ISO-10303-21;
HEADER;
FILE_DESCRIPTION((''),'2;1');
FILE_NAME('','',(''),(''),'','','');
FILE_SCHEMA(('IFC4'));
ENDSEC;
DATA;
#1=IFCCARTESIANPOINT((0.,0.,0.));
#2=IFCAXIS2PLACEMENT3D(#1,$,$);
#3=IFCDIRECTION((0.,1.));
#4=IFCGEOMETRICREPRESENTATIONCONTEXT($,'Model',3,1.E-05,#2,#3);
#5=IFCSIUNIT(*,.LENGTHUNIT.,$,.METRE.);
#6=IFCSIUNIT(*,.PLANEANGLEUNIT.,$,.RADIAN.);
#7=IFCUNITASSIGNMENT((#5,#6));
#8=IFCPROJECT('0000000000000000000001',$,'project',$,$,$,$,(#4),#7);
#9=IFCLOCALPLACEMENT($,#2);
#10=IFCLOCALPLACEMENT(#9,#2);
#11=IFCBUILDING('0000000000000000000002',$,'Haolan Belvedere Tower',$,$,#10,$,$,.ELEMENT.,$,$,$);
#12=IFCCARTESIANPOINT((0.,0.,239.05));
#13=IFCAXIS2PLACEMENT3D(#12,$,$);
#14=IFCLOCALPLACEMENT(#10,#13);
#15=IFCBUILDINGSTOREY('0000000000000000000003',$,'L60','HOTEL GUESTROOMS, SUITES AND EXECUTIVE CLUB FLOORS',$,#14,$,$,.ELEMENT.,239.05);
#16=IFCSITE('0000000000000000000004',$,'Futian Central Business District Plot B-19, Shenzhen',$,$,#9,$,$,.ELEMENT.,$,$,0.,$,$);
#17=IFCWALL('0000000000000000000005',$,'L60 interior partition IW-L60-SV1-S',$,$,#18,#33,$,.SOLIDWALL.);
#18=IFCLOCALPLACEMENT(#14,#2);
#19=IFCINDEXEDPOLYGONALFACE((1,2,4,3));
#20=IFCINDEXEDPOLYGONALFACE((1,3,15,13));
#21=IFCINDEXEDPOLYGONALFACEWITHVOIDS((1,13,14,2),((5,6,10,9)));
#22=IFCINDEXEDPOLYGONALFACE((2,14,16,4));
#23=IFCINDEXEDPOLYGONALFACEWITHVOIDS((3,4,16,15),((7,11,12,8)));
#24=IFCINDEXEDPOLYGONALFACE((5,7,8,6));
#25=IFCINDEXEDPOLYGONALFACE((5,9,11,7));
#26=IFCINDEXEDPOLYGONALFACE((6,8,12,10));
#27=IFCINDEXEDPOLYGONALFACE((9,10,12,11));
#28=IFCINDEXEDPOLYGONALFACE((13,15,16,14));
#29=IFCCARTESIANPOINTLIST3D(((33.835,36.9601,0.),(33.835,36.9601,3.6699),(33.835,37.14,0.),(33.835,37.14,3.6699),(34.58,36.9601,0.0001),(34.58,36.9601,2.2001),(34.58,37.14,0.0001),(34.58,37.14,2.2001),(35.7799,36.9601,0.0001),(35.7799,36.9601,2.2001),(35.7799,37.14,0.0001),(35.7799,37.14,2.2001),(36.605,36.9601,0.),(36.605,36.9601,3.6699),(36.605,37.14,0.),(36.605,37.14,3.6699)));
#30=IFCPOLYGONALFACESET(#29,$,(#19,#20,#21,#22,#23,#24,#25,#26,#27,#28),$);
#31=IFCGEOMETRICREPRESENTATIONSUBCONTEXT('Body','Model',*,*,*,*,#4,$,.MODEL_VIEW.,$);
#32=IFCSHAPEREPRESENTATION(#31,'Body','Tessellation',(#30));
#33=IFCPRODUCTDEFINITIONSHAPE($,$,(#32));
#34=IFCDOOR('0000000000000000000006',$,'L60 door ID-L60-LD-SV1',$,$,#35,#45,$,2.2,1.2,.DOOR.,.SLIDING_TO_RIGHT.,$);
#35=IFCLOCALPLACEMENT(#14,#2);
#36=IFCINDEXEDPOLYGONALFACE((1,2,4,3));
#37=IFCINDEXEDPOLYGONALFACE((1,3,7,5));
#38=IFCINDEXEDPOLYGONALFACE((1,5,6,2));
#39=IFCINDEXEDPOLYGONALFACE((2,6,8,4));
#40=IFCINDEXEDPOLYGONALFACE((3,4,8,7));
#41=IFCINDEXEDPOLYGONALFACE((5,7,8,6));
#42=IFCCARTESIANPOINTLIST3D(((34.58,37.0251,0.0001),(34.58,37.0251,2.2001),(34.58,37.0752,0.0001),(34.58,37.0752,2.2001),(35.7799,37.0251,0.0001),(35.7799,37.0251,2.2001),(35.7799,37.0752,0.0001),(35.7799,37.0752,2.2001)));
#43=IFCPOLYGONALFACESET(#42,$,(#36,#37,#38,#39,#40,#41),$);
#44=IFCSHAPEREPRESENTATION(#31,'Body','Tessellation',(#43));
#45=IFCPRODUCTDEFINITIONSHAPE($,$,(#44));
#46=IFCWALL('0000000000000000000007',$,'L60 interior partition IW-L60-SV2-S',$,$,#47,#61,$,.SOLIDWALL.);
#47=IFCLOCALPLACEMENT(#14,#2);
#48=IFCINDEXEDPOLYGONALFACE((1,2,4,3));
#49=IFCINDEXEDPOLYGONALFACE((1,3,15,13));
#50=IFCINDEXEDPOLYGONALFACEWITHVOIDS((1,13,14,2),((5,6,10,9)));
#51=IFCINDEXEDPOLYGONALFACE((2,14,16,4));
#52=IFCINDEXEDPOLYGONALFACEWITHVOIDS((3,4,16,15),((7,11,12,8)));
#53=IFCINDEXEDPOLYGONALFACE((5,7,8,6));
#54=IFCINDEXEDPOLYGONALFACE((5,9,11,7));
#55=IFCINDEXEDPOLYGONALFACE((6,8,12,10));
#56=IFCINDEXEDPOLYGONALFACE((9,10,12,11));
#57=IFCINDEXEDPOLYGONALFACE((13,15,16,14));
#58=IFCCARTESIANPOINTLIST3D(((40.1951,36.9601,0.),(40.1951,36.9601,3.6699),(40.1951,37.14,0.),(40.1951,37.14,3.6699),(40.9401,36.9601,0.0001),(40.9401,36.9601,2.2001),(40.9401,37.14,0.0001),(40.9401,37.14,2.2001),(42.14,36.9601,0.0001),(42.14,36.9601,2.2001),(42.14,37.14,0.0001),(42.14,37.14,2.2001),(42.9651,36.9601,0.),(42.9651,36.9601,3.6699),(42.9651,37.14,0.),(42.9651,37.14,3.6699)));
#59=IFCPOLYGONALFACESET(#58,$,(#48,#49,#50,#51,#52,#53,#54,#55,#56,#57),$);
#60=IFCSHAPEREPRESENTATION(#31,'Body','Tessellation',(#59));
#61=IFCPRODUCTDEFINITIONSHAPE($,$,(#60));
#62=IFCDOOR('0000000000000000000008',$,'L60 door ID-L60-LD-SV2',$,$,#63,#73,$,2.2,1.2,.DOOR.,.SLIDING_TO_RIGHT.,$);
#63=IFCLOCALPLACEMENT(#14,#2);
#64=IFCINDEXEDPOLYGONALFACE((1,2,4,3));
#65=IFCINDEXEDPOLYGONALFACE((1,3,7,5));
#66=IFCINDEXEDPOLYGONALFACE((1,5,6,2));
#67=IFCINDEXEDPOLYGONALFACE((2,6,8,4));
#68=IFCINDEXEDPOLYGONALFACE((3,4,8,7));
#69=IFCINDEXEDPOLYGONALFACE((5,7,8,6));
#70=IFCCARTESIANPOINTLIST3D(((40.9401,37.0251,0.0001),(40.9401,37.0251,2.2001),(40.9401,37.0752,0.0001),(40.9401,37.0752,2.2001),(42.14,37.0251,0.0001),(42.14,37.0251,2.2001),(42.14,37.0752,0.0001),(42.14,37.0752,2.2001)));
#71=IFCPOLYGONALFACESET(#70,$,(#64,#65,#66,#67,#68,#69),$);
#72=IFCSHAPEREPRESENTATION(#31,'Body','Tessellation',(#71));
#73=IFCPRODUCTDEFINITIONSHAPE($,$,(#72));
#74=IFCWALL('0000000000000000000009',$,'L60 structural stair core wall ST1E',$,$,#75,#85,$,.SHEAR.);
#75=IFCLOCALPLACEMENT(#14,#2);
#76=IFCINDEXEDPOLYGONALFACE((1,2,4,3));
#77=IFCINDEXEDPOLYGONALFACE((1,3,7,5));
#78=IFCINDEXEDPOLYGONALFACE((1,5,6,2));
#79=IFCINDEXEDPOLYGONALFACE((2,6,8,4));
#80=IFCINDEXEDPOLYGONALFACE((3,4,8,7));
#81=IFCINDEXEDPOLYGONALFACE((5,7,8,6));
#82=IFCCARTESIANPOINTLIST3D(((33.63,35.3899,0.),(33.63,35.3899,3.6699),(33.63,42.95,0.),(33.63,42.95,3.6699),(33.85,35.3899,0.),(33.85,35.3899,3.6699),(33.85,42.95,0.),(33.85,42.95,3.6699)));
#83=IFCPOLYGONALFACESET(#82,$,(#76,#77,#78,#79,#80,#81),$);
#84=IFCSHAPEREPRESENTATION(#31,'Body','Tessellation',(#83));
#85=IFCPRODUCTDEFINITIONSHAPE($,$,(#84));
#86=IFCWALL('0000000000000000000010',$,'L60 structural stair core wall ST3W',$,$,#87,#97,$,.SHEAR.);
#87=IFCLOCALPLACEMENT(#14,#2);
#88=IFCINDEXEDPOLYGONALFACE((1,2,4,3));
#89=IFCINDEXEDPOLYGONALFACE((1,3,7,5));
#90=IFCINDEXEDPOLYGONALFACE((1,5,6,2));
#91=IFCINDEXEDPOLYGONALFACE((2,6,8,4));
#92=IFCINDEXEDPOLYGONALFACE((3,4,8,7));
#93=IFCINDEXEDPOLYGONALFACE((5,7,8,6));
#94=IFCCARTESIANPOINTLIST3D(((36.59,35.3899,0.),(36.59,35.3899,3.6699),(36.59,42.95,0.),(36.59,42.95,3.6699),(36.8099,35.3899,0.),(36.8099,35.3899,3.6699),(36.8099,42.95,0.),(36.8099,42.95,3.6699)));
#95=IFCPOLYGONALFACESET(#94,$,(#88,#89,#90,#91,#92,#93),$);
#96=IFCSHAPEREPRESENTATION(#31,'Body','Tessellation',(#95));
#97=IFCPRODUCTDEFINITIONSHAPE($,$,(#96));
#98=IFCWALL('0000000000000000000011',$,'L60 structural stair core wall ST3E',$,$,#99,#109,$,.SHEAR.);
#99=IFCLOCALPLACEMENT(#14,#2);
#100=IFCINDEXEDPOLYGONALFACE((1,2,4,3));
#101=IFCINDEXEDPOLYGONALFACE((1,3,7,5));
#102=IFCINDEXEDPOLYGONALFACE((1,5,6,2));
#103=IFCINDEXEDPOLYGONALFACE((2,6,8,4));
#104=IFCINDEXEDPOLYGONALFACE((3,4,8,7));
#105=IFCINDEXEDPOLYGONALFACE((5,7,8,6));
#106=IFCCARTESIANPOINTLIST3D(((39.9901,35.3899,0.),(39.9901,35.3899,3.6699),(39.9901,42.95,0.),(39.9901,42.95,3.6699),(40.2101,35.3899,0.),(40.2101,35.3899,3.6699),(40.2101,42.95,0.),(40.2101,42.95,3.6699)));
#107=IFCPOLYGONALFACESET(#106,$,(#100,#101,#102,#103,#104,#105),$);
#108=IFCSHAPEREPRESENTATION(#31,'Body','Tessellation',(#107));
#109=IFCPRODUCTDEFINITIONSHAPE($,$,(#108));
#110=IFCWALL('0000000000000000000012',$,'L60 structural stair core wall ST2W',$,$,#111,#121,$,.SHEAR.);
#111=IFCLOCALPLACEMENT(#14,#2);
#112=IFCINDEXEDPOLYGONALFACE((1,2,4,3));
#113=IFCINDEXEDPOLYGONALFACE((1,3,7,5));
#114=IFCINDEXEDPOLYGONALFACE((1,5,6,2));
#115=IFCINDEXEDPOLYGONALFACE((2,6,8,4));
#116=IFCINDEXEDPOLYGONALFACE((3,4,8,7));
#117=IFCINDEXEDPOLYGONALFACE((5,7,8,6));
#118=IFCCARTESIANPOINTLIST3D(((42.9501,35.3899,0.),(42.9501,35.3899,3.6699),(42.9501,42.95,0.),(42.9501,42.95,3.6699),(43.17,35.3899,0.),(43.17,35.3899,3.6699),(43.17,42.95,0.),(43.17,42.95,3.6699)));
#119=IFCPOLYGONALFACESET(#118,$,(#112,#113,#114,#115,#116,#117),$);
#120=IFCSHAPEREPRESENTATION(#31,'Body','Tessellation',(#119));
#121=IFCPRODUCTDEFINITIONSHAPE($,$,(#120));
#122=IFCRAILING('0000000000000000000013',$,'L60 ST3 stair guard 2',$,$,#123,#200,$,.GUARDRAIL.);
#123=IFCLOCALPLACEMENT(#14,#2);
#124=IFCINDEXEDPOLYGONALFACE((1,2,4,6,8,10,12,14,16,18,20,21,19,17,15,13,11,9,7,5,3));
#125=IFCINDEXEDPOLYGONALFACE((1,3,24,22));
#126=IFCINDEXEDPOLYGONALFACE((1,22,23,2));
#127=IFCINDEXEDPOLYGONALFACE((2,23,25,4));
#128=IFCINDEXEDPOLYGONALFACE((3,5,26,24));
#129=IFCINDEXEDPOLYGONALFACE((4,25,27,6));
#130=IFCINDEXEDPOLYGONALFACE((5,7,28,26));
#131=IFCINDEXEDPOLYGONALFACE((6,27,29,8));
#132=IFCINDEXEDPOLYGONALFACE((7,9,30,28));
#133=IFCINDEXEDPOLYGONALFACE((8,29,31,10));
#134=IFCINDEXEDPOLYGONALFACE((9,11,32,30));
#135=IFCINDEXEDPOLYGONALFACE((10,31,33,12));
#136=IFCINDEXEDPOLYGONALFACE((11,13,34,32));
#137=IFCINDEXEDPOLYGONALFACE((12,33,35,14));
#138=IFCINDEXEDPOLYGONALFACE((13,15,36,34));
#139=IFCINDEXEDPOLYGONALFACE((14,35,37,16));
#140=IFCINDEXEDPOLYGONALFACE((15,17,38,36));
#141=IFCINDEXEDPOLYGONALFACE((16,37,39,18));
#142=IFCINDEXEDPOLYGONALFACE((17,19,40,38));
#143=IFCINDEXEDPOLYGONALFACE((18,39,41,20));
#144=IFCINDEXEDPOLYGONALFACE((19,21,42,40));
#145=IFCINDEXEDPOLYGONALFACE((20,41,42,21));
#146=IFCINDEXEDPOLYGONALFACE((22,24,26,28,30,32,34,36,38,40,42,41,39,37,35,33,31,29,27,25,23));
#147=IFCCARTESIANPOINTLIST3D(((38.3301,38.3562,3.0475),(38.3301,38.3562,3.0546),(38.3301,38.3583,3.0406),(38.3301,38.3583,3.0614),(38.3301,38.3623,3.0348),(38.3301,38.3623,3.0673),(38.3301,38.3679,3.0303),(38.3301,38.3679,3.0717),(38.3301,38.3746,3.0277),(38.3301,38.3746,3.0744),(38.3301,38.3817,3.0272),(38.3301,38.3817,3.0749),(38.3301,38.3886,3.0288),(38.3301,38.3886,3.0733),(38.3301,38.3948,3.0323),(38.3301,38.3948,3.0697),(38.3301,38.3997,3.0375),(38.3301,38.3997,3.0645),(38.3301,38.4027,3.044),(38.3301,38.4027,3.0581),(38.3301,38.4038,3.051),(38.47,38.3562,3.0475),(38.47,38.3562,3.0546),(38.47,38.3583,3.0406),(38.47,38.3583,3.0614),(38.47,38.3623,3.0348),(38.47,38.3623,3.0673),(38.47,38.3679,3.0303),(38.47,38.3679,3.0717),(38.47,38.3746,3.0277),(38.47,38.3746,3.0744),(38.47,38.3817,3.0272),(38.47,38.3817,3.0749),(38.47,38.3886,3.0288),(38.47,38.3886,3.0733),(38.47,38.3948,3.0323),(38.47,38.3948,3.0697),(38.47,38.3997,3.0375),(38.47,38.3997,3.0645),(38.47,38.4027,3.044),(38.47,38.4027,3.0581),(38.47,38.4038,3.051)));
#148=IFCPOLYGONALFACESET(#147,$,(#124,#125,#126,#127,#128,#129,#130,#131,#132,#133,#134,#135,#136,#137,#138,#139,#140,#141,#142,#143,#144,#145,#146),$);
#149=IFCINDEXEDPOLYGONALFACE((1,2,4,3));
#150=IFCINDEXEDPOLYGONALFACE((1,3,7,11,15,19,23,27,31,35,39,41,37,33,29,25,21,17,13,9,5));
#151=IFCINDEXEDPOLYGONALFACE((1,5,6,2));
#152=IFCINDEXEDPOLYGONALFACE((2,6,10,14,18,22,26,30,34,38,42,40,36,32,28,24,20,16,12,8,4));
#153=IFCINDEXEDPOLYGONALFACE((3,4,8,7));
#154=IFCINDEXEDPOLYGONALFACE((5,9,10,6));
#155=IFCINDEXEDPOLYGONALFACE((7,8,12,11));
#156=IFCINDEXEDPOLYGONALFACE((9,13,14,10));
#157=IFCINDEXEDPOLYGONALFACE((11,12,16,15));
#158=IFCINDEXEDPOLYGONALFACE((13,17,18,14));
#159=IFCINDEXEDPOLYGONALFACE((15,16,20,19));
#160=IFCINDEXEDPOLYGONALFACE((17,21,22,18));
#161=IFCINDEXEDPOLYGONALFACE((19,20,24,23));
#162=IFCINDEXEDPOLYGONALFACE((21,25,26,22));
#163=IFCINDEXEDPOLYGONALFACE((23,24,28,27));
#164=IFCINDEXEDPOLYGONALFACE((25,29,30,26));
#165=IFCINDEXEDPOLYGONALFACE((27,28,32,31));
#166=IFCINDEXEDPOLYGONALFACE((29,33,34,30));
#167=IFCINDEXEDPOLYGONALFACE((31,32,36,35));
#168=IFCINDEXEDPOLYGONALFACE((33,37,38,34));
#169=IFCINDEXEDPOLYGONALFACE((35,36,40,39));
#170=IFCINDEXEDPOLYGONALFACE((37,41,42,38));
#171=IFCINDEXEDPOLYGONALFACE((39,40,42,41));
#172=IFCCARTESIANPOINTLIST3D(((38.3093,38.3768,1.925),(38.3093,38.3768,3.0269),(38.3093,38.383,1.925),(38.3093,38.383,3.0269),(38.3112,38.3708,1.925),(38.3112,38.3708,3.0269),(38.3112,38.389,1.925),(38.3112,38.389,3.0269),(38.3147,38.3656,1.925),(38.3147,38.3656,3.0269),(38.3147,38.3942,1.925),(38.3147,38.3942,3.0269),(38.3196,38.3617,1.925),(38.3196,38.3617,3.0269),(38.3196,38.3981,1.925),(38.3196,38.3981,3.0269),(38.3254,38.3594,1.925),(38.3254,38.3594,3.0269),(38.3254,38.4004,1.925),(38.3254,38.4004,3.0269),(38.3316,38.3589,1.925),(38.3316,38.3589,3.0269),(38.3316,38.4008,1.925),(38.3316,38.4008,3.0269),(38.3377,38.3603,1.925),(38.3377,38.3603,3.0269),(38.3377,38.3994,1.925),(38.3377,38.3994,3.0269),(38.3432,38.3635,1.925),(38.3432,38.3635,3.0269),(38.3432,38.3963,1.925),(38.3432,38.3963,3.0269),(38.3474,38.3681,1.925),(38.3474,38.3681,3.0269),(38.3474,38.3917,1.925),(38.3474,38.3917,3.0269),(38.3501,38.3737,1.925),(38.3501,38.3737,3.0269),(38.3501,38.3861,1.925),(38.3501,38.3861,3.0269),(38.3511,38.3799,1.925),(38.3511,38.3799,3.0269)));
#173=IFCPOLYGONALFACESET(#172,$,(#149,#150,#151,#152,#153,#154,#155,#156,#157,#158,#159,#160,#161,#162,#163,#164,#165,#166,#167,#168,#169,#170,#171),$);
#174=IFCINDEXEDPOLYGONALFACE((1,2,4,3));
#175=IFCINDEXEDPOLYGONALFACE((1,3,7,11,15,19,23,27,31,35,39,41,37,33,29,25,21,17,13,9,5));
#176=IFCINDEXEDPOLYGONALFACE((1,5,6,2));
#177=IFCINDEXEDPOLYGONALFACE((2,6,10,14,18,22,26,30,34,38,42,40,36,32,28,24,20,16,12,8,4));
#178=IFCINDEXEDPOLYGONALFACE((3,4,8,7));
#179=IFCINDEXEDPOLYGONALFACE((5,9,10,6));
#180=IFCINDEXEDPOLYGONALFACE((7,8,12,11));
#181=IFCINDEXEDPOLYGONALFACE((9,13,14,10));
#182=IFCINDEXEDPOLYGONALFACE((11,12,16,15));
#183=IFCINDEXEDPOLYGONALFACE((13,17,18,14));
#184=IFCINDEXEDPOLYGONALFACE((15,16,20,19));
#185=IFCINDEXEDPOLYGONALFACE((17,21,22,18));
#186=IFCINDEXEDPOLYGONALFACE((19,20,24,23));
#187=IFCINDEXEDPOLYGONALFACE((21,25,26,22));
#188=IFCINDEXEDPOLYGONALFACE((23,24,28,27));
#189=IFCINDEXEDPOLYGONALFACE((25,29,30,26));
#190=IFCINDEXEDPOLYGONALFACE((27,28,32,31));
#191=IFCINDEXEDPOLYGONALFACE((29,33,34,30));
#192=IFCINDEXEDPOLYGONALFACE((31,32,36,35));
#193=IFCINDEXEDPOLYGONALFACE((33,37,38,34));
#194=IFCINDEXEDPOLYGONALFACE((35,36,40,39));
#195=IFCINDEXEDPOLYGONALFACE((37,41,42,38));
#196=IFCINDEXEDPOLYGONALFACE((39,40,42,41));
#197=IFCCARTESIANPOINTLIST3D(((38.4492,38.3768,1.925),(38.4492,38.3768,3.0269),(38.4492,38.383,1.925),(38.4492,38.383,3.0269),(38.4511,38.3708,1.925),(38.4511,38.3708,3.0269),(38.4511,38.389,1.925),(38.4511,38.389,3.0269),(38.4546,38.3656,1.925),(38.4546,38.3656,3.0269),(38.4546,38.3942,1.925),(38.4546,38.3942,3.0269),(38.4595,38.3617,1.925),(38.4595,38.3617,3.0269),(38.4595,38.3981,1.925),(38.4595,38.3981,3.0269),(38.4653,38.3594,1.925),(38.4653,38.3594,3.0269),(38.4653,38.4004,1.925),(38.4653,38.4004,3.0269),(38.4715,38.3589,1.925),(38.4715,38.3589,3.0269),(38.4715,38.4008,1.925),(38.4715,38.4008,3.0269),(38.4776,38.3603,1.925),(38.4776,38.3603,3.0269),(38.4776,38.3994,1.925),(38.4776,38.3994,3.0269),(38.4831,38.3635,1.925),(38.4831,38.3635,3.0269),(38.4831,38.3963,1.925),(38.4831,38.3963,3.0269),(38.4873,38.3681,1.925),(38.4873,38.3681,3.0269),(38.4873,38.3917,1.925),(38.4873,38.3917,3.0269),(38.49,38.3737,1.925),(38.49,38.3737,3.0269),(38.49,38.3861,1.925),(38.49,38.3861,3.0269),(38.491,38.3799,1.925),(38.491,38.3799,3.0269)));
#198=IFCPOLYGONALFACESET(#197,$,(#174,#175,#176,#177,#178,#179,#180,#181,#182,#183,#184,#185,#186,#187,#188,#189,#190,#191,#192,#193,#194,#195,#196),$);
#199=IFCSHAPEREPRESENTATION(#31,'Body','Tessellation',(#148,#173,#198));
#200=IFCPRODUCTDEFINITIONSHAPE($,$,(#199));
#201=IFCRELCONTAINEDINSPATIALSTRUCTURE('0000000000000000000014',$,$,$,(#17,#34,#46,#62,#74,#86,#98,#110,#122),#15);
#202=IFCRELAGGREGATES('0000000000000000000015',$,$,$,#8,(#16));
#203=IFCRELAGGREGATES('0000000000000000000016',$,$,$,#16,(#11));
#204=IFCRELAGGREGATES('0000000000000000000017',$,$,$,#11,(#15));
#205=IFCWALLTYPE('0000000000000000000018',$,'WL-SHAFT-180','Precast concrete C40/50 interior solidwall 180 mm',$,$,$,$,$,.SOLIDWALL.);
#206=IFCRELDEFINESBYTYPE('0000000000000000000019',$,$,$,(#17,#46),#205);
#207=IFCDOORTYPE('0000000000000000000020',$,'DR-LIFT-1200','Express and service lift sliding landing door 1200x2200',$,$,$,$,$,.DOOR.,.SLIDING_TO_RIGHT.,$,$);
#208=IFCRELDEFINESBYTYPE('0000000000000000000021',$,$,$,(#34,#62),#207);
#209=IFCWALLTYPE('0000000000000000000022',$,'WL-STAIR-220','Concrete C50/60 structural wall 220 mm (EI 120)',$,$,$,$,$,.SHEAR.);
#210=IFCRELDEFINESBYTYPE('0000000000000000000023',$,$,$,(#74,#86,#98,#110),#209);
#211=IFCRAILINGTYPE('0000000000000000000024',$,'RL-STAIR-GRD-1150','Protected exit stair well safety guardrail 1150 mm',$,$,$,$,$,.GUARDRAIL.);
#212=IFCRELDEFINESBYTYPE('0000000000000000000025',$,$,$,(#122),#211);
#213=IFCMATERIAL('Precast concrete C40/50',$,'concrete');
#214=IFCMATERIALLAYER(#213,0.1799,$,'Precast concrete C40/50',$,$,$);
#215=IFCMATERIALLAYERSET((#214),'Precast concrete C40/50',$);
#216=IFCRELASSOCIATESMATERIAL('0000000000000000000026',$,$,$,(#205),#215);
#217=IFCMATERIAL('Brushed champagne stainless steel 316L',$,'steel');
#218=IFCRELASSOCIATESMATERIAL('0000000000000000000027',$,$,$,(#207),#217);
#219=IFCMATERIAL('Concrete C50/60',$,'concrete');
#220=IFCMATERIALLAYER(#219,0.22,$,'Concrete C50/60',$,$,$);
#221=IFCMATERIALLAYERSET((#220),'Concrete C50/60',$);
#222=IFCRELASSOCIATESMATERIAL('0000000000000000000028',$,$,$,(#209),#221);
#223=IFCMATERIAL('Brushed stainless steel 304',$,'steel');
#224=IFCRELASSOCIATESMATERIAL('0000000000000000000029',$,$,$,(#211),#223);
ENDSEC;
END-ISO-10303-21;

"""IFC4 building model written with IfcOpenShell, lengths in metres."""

from ifc_helpers import new_model, si_unit, direction, frame, frame_2d, origin, origin_2d, place, context, subcontext, project, spatial, rectangle, circle, extrude, material, layer, layer_set, type_object, element, fill, save


model = new_model("IFC4")

# Units and contexts
model_context = context("Model", 3, precision=1e-05, world=origin(), true_north=direction((0.0, 1.0)))
body_context = subcontext(model_context, "Body", "Model", "MODEL_VIEW")
ifc_project = project(units=[si_unit("LENGTHUNIT", "METRE"), si_unit("PLANEANGLEUNIT", "RADIAN")], contexts=[model_context])

# Site, building, storey
site_placement = place(None, origin())
site = spatial("IfcSite", under=ifc_project, at=site_placement, Name="Futian Central Business District Plot B-19, Shenzhen", CompositionType="ELEMENT", RefElevation=0.0)
building_placement = place(site_placement, origin())
building = spatial("IfcBuilding", under=site, at=building_placement, Name="Haolan Belvedere Tower", CompositionType="ELEMENT")
storey_placement = place(building_placement, frame((0.0, 0.0, 239.05)))
storey = spatial("IfcBuildingStorey", under=building, at=storey_placement, Name="L60", Description="HOTEL GUESTROOMS, SUITES AND EXECUTIVE CLUB FLOORS", CompositionType="ELEMENT", Elevation=239.05)

# Shared definitions
ifc_material_1 = material(Name="Brushed champagne stainless steel 316L", Category="steel")

# Walls, openings, doors
ifc_material_2 = material(Name="Precast concrete C40/50", Category="concrete")
ifc_layer_1 = layer(ifc_material_2, 0.1799, Name="Precast concrete C40/50")
ifc_layer_set_1 = layer_set([ifc_layer_1], Name="Precast concrete C40/50")
wall_type_1 = type_object("IfcWallType", Name="WL-SHAFT-180", Description="Precast concrete C40/50 interior solidwall 180 mm", PredefinedType="SOLIDWALL", material=ifc_layer_set_1)
wall_1_placement = place(storey_placement, frame((33.835, 37.05, 0.0), z_axis=(0.0, 0.0, 1.0), x_axis=(1.0, 0.0, 0.0)))
wall_1 = element("IfcWall", 1, at=wall_1_placement, inside=storey, type_object=wall_type_1, Name="L60 interior partition IW-L60-SV1-S", PredefinedType="SOLIDWALL", context=body_context, shape_type="SweptSolid", body=[
    extrude(rectangle(XDim=2.77, YDim=0.1799, at=frame_2d((1.385, 0.0))), origin(), (0.0, 0.0, 1.0), 3.6699),
])
opening_1_placement = place(wall_1_placement, frame((1.9451, 0.0, 0.0), z_axis=(0.0, 0.0, 1.0), x_axis=(-1.0, 0.0, 0.0)))
opening_1 = element("IfcOpeningElement", 2, at=opening_1_placement, cuts=wall_1, PredefinedType="OPENING", context=body_context, shape_type="SweptSolid", body=[
    extrude(rectangle(XDim=1.2, YDim=2.2, at=frame_2d((0.6001, 1.1001))), frame((0.0, 0.0999, 0.0), z_axis=(0.0, -1.0, 0.0), x_axis=(1.0, 0.0, 0.0)), (0.0, 0.0, 1.0), 0.2),
])
door_type_1 = type_object("IfcDoorType", Name="DR-LIFT-1200", Description="Express and service lift sliding landing door 1200x2200", OperationType="SLIDING_TO_RIGHT", PredefinedType="DOOR", material=ifc_material_1)
door_1_placement = place(opening_1_placement, origin())
door_1 = element("IfcDoor", 3, at=door_1_placement, inside=storey, type_object=door_type_1, Name="L60 door ID-L60-LD-SV1", OperationType="SLIDING_TO_RIGHT", OverallHeight=2.2, OverallWidth=1.2, PredefinedType="DOOR", context=body_context, shape_type="SweptSolid", body=[
    extrude(rectangle(XDim=1.2, YDim=2.2, at=frame_2d((0.6001, 1.1001))), frame((0.0, 0.0249, 0.0), z_axis=(0.0, -1.0, 0.0), x_axis=(1.0, 0.0, 0.0)), (0.0, 0.0, 1.0), 0.05),
])
fill(opening_1, door_1)
wall_2_placement = place(storey_placement, frame((40.1951, 37.05, 0.0), z_axis=(0.0, 0.0, 1.0), x_axis=(1.0, 0.0, 0.0)))
wall_2 = element("IfcWall", 4, at=wall_2_placement, inside=storey, type_object=wall_type_1, Name="L60 interior partition IW-L60-SV2-S", PredefinedType="SOLIDWALL", context=body_context, shape_type="SweptSolid", body=[
    extrude(rectangle(XDim=2.77, YDim=0.1799, at=frame_2d((1.385, 0.0))), origin(), (0.0, 0.0, 1.0), 3.6699),
])
opening_2_placement = place(wall_2_placement, frame((1.9451, 0.0, 0.0), z_axis=(0.0, 0.0, 1.0), x_axis=(-1.0, 0.0, 0.0)))
opening_2 = element("IfcOpeningElement", 5, at=opening_2_placement, cuts=wall_2, PredefinedType="OPENING", context=body_context, shape_type="SweptSolid", body=[
    extrude(rectangle(XDim=1.2, YDim=2.2, at=frame_2d((0.6001, 1.1001))), frame((0.0, 0.0999, 0.0), z_axis=(0.0, -1.0, 0.0), x_axis=(1.0, 0.0, 0.0)), (0.0, 0.0, 1.0), 0.2),
])
door_2_placement = place(opening_2_placement, origin())
door_2 = element("IfcDoor", 6, at=door_2_placement, inside=storey, type_object=door_type_1, Name="L60 door ID-L60-LD-SV2", OperationType="SLIDING_TO_RIGHT", OverallHeight=2.2, OverallWidth=1.2, PredefinedType="DOOR", context=body_context, shape_type="SweptSolid", body=[
    extrude(rectangle(XDim=1.2, YDim=2.2, at=frame_2d((0.6001, 1.1001))), frame((0.0, 0.0249, 0.0), z_axis=(0.0, -1.0, 0.0), x_axis=(1.0, 0.0, 0.0)), (0.0, 0.0, 1.0), 0.05),
])
fill(opening_2, door_2)

# Walls
ifc_material_3 = material(Name="Concrete C50/60", Category="concrete")
ifc_layer_2 = layer(ifc_material_3, 0.22, Name="Concrete C50/60")
ifc_layer_set_2 = layer_set([ifc_layer_2], Name="Concrete C50/60")
wall_type_2 = type_object("IfcWallType", Name="WL-STAIR-220", Description="Concrete C50/60 structural wall 220 mm (EI 120)", PredefinedType="SHEAR", material=ifc_layer_set_2)
for number, where, z_axis, x_axis, name in (
    (7, (33.74, 35.3899, 0.0), (0.0, 0.0, 1.0), (0.0, 1.0, 0.0), "L60 structural stair core wall ST1E"),
    (8, (36.7, 35.3899, 0.0), (0.0, 0.0, 1.0), (0.0, 1.0, 0.0), "L60 structural stair core wall ST3W"),
    (9, (40.1001, 35.3899, 0.0), (0.0, 0.0, 1.0), (0.0, 1.0, 0.0), "L60 structural stair core wall ST3E"),
    (10, (43.0601, 35.3899, 0.0), (0.0, 0.0, 1.0), (0.0, 1.0, 0.0), "L60 structural stair core wall ST2W"),
):
    element("IfcWall", number, at=place(storey_placement, frame(where, z_axis=z_axis, x_axis=x_axis)), inside=storey, type_object=wall_type_2, Name=name, PredefinedType="SHEAR", context=body_context, shape_type="SweptSolid", body=[
        extrude(rectangle(XDim=7.5601, YDim=0.22, at=frame_2d((3.78, 0.0))), origin(), (0.0, 0.0, 1.0), 3.6699),
    ])

# Railing
ifc_material_4 = material(Name="Brushed stainless steel 304", Category="steel")
railing_type = type_object("IfcRailingType", Name="RL-STAIR-GRD-1150", Description="Protected exit stair well safety guardrail 1150 mm", PredefinedType="GUARDRAIL", material=ifc_material_4)
railing_placement = place(storey_placement, frame((38.3301, 38.3799, 1.925)))
element("IfcRailing", 11, at=railing_placement, inside=storey, type_object=railing_type, Name="L60 ST3 stair guard 2", PredefinedType="GUARDRAIL", context=body_context, shape_type="SweptSolid", body=[
    extrude(circle(Radius=0.0239, at=origin_2d()), frame((0.0, 0.0, 1.126), z_axis=(1.0, 0.0, 0.0), x_axis=(0.0, 1.0, 0.0)), (0.0, 0.0, 1.0), 0.1399),
    extrude(circle(Radius=0.021, at=origin_2d()), origin(), (0.0, 0.0, 1.0), 1.1018),
    extrude(circle(Radius=0.021, at=origin_2d()), frame((0.1399, 0.0, 0.0)), (0.0, 0.0, 1.0), 1.1018),
])

save(model, "model.ifc")
